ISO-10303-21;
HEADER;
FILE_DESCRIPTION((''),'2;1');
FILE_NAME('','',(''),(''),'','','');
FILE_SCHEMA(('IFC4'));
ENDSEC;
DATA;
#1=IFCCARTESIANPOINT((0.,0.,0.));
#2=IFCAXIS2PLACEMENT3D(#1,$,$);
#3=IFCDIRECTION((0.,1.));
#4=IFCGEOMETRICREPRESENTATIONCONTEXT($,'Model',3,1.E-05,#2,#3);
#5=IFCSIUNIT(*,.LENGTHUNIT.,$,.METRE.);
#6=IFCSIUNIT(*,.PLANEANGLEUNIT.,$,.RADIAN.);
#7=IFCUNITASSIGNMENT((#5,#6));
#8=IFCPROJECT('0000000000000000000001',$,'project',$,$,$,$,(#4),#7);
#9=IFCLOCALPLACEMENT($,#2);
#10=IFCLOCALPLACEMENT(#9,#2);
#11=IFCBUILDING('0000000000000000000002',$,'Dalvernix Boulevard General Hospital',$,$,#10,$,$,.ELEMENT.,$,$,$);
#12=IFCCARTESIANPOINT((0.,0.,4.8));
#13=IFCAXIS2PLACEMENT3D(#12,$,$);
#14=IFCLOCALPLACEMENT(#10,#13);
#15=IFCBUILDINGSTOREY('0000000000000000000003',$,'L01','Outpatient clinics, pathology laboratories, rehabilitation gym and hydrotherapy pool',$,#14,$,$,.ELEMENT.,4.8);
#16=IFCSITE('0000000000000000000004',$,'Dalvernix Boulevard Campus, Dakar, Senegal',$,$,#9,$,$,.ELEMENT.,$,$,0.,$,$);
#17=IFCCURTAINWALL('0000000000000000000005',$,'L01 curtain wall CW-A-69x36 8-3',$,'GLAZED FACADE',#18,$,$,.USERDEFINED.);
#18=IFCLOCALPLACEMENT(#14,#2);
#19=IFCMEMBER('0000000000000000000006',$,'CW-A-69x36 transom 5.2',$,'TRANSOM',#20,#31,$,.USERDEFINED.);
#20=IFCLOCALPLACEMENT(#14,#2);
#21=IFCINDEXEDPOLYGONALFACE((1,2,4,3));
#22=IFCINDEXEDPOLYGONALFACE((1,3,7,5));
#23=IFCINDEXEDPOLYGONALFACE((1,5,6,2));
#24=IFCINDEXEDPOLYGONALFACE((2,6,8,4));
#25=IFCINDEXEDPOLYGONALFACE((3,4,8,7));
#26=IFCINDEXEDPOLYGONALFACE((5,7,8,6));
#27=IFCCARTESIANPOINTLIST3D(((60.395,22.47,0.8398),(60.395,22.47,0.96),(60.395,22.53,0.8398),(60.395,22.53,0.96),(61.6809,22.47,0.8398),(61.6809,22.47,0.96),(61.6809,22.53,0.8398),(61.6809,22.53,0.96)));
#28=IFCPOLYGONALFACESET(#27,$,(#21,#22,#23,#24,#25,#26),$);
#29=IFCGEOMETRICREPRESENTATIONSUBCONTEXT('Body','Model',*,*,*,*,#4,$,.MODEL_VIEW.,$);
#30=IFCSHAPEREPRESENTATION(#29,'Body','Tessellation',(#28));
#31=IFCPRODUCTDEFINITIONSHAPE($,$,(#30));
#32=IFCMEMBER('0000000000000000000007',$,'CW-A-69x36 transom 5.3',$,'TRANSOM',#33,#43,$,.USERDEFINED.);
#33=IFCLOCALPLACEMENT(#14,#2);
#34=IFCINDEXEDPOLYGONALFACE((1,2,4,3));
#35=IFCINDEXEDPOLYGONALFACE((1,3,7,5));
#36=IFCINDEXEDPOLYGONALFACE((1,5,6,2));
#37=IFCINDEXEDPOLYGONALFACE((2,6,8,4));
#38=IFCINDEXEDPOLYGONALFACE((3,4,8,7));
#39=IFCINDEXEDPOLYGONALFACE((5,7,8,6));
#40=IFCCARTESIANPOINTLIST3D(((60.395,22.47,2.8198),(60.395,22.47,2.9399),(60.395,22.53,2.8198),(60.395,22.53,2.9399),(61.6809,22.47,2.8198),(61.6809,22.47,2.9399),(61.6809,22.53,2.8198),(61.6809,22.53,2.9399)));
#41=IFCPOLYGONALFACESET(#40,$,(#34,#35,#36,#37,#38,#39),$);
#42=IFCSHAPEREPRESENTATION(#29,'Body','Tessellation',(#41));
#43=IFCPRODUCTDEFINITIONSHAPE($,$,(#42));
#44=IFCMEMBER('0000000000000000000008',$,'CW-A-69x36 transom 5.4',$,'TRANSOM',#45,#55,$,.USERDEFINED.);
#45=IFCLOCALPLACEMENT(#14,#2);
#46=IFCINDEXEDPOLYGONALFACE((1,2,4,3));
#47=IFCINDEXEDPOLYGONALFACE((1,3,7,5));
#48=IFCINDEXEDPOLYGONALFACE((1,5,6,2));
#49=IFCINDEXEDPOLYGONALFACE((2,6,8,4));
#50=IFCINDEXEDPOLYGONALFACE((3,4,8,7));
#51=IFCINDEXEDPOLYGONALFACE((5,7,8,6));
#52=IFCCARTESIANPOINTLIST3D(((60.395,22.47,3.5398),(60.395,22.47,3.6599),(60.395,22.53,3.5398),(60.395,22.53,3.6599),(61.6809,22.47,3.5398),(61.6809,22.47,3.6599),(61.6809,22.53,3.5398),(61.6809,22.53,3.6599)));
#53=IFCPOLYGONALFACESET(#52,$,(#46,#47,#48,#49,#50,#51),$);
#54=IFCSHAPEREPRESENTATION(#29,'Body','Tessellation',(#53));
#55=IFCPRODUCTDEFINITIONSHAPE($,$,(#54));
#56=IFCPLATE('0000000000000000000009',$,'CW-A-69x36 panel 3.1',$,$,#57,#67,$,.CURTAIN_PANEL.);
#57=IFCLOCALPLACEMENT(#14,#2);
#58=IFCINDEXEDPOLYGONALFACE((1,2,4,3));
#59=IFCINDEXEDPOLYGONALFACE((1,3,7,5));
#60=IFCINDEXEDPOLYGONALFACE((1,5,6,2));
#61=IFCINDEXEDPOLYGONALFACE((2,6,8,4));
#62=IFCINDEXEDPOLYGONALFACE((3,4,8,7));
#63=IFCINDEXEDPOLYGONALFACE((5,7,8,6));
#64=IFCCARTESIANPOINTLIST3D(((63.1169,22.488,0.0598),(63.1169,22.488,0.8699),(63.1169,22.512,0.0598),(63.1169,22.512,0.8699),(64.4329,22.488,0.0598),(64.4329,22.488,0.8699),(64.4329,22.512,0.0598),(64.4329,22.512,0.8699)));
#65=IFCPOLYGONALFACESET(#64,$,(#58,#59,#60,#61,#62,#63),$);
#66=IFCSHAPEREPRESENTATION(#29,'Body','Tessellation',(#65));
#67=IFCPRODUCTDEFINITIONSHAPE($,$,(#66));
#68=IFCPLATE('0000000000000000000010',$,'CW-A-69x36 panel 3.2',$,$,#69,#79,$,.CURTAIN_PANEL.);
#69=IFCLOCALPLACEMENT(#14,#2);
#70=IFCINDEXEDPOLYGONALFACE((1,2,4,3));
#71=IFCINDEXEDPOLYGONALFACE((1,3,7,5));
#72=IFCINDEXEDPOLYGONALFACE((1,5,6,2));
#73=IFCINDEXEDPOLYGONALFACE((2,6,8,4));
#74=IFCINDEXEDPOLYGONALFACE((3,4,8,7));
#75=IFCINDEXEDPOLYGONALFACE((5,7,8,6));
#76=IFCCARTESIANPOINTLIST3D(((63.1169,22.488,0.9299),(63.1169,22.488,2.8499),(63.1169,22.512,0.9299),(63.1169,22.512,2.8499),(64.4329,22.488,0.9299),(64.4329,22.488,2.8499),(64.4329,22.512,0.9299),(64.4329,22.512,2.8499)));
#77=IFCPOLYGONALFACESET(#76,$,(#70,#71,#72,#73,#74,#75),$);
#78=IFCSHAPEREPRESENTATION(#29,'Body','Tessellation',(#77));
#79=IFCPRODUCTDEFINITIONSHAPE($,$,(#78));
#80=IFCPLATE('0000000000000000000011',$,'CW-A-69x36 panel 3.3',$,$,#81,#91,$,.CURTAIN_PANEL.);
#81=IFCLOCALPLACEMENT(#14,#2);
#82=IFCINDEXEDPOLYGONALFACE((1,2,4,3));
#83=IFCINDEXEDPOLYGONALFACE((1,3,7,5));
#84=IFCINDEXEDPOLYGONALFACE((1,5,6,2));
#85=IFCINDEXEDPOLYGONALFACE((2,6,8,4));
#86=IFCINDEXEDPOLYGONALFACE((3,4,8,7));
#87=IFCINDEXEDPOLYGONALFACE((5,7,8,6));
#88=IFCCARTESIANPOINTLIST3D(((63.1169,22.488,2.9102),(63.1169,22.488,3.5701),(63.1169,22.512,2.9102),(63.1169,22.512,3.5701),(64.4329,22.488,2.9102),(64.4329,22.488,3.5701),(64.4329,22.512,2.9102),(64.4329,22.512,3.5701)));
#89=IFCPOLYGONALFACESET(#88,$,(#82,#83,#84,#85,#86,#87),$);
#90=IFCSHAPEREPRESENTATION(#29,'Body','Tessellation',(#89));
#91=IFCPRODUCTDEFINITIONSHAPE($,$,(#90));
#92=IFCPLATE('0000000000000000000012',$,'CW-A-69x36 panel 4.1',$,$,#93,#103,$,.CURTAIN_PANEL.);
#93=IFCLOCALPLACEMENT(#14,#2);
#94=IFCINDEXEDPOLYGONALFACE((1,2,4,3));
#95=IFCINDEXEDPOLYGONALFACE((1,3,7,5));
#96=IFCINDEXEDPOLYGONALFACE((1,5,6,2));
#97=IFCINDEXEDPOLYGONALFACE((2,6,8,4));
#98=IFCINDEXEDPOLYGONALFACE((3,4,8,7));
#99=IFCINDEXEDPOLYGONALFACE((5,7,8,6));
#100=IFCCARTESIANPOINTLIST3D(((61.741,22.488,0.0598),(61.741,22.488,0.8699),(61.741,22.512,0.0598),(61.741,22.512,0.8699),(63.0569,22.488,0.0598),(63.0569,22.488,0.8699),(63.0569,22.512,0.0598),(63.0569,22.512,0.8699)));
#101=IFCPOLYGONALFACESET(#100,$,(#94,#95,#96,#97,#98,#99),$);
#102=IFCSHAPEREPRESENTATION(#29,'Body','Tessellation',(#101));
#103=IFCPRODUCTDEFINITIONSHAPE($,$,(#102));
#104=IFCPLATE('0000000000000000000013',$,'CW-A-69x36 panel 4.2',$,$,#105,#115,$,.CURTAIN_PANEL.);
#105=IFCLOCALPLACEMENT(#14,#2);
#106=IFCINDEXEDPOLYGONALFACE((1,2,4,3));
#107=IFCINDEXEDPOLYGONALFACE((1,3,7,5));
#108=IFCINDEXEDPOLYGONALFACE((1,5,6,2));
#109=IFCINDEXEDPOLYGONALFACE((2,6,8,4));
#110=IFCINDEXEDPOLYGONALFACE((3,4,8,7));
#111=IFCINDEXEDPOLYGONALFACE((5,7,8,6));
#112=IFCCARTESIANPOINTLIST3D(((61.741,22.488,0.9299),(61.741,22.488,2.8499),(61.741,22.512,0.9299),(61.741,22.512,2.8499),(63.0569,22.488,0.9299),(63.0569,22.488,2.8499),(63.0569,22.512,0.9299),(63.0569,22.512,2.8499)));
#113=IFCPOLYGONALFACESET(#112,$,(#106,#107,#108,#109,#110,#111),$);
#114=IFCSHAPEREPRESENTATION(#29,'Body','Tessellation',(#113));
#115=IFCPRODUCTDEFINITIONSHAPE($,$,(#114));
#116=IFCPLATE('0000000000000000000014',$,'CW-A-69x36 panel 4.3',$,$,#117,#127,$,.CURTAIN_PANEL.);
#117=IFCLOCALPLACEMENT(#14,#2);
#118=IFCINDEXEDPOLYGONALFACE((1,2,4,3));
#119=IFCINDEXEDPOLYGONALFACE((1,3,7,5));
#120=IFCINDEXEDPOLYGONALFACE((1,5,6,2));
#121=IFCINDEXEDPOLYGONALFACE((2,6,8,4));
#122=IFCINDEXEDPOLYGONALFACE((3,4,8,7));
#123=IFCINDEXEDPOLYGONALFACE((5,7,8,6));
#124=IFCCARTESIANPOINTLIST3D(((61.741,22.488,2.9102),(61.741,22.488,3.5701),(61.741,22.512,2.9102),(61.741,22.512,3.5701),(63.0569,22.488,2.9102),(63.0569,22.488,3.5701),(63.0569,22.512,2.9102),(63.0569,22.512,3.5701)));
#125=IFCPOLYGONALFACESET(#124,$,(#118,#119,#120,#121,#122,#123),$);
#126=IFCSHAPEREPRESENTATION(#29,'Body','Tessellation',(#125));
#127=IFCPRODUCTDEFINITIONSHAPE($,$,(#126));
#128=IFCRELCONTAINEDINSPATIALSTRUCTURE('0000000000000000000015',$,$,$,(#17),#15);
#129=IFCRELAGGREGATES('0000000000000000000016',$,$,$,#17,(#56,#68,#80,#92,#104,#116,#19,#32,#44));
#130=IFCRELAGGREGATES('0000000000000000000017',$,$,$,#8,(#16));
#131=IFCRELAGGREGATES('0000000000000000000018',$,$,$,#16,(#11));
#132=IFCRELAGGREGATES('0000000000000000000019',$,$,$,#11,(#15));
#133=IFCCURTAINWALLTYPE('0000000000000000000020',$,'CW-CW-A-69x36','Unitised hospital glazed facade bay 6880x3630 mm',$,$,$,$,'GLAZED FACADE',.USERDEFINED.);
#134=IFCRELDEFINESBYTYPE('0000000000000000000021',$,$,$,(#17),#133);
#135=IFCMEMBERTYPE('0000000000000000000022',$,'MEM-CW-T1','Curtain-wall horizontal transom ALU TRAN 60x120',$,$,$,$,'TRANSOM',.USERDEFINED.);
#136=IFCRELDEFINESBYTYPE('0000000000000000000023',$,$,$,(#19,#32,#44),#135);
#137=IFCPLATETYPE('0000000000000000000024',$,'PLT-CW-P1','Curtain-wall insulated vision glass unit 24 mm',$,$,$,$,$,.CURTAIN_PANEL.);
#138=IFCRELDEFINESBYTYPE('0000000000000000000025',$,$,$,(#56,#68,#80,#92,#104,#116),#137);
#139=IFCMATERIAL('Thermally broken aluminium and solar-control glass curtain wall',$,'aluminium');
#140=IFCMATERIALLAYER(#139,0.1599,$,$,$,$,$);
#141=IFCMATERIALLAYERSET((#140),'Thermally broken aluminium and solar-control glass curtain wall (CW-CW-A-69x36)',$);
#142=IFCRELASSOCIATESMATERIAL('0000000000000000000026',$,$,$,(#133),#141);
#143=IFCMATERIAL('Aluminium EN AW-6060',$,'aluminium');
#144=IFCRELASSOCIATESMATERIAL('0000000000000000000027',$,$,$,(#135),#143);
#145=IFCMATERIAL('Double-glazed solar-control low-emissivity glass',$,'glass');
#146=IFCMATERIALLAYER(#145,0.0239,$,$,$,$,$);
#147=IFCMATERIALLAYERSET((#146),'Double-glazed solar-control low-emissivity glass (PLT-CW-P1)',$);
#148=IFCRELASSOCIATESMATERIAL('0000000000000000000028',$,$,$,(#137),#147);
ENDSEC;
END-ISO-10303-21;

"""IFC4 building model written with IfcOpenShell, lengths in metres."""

from ifc_helpers import new_model, si_unit, direction, frame, origin, origin_2d, place, context, subcontext, project, spatial, rectangle, extrude, material, layer, layer_set, material_profile, profile_set, type_object, element, aggregate, save


model = new_model("IFC4")

# Units and contexts
model_context = context("Model", 3, precision=1e-05, world=origin(), true_north=direction((0.0, 1.0)))
body_context = subcontext(model_context, "Body", "Model", "MODEL_VIEW")
ifc_project = project(units=[si_unit("LENGTHUNIT", "METRE"), si_unit("PLANEANGLEUNIT", "RADIAN")], contexts=[model_context])

# Site, building, storey
site_placement = place(None, origin())
site = spatial("IfcSite", under=ifc_project, at=site_placement, Name="Dalvernix Boulevard Campus, Dakar, Senegal", CompositionType="ELEMENT", RefElevation=0.0)
building_placement = place(site_placement, origin())
building = spatial("IfcBuilding", under=site, at=building_placement, Name="Dalvernix Boulevard General Hospital", CompositionType="ELEMENT")
storey_placement = place(building_placement, frame((0.0, 0.0, 4.8)))
storey = spatial("IfcBuildingStorey", under=building, at=storey_placement, Name="L01", Description="Outpatient clinics, pathology laboratories, rehabilitation gym and hydrotherapy pool", CompositionType="ELEMENT", Elevation=4.8)

# Curtain wall, members, plates
ifc_material_1 = material(Name="Thermally broken aluminium and solar-control glass curtain wall", Category="aluminium")
ifc_layer_1 = layer(ifc_material_1, 0.1599)
ifc_layer_set_1 = layer_set([ifc_layer_1], Name="Thermally broken aluminium and solar-control glass curtain wall (CW-CW-A-69x36)")
curtain_wall_type = type_object("IfcCurtainWallType", Name="CW-CW-A-69x36", Description="Unitised hospital glazed facade bay 6880x3630 mm", ElementType="GLAZED FACADE", PredefinedType="USERDEFINED", material=ifc_layer_set_1)
curtain_wall_placement = place(storey_placement, origin())
curtain_wall = element("IfcCurtainWall", 1, at=curtain_wall_placement, inside=storey, type_object=curtain_wall_type, Name="L01 curtain wall CW-A-69x36 8-3", ObjectType="GLAZED FACADE", PredefinedType="USERDEFINED")
ifc_material_2 = material(Name="Aluminium EN AW-6060", Category="aluminium")
ifc_material_profile_1 = material_profile(ifc_material_2, rectangle(XDim=0.0601, YDim=0.1201, at=origin_2d()), Name="ALU TRAN 60x120")
ifc_profile_set_1 = profile_set([ifc_material_profile_1], Name="Aluminium EN AW-6060")
member_type_1 = type_object("IfcMemberType", Name="MEM-CW-T1", Description="Curtain-wall horizontal transom ALU TRAN 60x120", ElementType="TRANSOM", PredefinedType="USERDEFINED", material=ifc_profile_set_1)
member_1_placement = place(storey_placement, frame((61.6809, 22.5, 0.8999), z_axis=(-1.0, 0.0, 0.0), x_axis=(0.0, -1.0, 0.0)))
member_1 = element("IfcMember", 2, at=member_1_placement, type_object=member_type_1, Name="CW-A-69x36 transom 5.2", ObjectType="TRANSOM", PredefinedType="USERDEFINED", context=body_context, shape_type="SweptSolid", body=[
    extrude(rectangle(XDim=0.0601, YDim=0.1201, at=origin_2d()), origin(), (0.0, 0.0, 1.0), 1.2859),
])
member_2_placement = place(storey_placement, frame((61.6809, 22.5, 2.8799), z_axis=(-1.0, 0.0, 0.0), x_axis=(0.0, -1.0, 0.0)))
member_2 = element("IfcMember", 3, at=member_2_placement, type_object=member_type_1, Name="CW-A-69x36 transom 5.3", ObjectType="TRANSOM", PredefinedType="USERDEFINED", context=body_context, shape_type="SweptSolid", body=[
    extrude(rectangle(XDim=0.0601, YDim=0.1201, at=origin_2d()), origin(), (0.0, 0.0, 1.0), 1.2859),
])
member_3_placement = place(storey_placement, frame((61.6809, 22.5, 3.5999), z_axis=(-1.0, 0.0, 0.0), x_axis=(0.0, -1.0, 0.0)))
member_3 = element("IfcMember", 4, at=member_3_placement, type_object=member_type_1, Name="CW-A-69x36 transom 5.4", ObjectType="TRANSOM", PredefinedType="USERDEFINED", context=body_context, shape_type="SweptSolid", body=[
    extrude(rectangle(XDim=0.0601, YDim=0.1201, at=origin_2d()), origin(), (0.0, 0.0, 1.0), 1.2859),
])
ifc_material_3 = material(Name="Double-glazed solar-control low-emissivity glass", Category="glass")
ifc_layer_2 = layer(ifc_material_3, 0.0239)
ifc_layer_set_2 = layer_set([ifc_layer_2], Name="Double-glazed solar-control low-emissivity glass (PLT-CW-P1)")
plate_type = type_object("IfcPlateType", Name="PLT-CW-P1", Description="Curtain-wall insulated vision glass unit 24 mm", PredefinedType="CURTAIN_PANEL", material=ifc_layer_set_2)
plate_1_placement = place(storey_placement, frame((63.7749, 22.5, 0.0598), z_axis=(0.0, 0.0, 1.0), x_axis=(-1.0, 0.0, 0.0)))
plate_1 = element("IfcPlate", 5, at=plate_1_placement, type_object=plate_type, Name="CW-A-69x36 panel 3.1", PredefinedType="CURTAIN_PANEL", context=body_context, shape_type="SweptSolid", body=[
    extrude(rectangle(XDim=1.3159, YDim=0.0239, at=origin_2d()), origin(), (0.0, 0.0, 1.0), 0.8101),
])
plate_2_placement = place(storey_placement, frame((63.7749, 22.5, 0.9299), z_axis=(0.0, 0.0, 1.0), x_axis=(-1.0, 0.0, 0.0)))
plate_2 = element("IfcPlate", 6, at=plate_2_placement, type_object=plate_type, Name="CW-A-69x36 panel 3.2", PredefinedType="CURTAIN_PANEL", context=body_context, shape_type="SweptSolid", body=[
    extrude(rectangle(XDim=1.3159, YDim=0.0239, at=origin_2d()), origin(), (0.0, 0.0, 1.0), 1.9199),
])
plate_3_placement = place(storey_placement, frame((63.7749, 22.5, 2.9102), z_axis=(0.0, 0.0, 1.0), x_axis=(-1.0, 0.0, 0.0)))
plate_3 = element("IfcPlate", 7, at=plate_3_placement, type_object=plate_type, Name="CW-A-69x36 panel 3.3", PredefinedType="CURTAIN_PANEL", context=body_context, shape_type="SweptSolid", body=[
    extrude(rectangle(XDim=1.3159, YDim=0.0239, at=origin_2d()), origin(), (0.0, 0.0, 1.0), 0.6599),
])
plate_4_placement = place(storey_placement, frame((62.3989, 22.5, 0.0598), z_axis=(0.0, 0.0, 1.0), x_axis=(-1.0, 0.0, 0.0)))
plate_4 = element("IfcPlate", 8, at=plate_4_placement, type_object=plate_type, Name="CW-A-69x36 panel 4.1", PredefinedType="CURTAIN_PANEL", context=body_context, shape_type="SweptSolid", body=[
    extrude(rectangle(XDim=1.3159, YDim=0.0239, at=origin_2d()), origin(), (0.0, 0.0, 1.0), 0.8101),
])
plate_5_placement = place(storey_placement, frame((62.3989, 22.5, 0.9299), z_axis=(0.0, 0.0, 1.0), x_axis=(-1.0, 0.0, 0.0)))
plate_5 = element("IfcPlate", 9, at=plate_5_placement, type_object=plate_type, Name="CW-A-69x36 panel 4.2", PredefinedType="CURTAIN_PANEL", context=body_context, shape_type="SweptSolid", body=[
    extrude(rectangle(XDim=1.3159, YDim=0.0239, at=origin_2d()), origin(), (0.0, 0.0, 1.0), 1.9199),
])
plate_6_placement = place(storey_placement, frame((62.3989, 22.5, 2.9102), z_axis=(0.0, 0.0, 1.0), x_axis=(-1.0, 0.0, 0.0)))
plate_6 = element("IfcPlate", 10, at=plate_6_placement, type_object=plate_type, Name="CW-A-69x36 panel 4.3", PredefinedType="CURTAIN_PANEL", context=body_context, shape_type="SweptSolid", body=[
    extrude(rectangle(XDim=1.3159, YDim=0.0239, at=origin_2d()), origin(), (0.0, 0.0, 1.0), 0.6599),
])
aggregate(curtain_wall, [plate_1, plate_2, plate_3, plate_4, plate_5, plate_6, member_1, member_2, member_3])

save(model, "model.ifc")
